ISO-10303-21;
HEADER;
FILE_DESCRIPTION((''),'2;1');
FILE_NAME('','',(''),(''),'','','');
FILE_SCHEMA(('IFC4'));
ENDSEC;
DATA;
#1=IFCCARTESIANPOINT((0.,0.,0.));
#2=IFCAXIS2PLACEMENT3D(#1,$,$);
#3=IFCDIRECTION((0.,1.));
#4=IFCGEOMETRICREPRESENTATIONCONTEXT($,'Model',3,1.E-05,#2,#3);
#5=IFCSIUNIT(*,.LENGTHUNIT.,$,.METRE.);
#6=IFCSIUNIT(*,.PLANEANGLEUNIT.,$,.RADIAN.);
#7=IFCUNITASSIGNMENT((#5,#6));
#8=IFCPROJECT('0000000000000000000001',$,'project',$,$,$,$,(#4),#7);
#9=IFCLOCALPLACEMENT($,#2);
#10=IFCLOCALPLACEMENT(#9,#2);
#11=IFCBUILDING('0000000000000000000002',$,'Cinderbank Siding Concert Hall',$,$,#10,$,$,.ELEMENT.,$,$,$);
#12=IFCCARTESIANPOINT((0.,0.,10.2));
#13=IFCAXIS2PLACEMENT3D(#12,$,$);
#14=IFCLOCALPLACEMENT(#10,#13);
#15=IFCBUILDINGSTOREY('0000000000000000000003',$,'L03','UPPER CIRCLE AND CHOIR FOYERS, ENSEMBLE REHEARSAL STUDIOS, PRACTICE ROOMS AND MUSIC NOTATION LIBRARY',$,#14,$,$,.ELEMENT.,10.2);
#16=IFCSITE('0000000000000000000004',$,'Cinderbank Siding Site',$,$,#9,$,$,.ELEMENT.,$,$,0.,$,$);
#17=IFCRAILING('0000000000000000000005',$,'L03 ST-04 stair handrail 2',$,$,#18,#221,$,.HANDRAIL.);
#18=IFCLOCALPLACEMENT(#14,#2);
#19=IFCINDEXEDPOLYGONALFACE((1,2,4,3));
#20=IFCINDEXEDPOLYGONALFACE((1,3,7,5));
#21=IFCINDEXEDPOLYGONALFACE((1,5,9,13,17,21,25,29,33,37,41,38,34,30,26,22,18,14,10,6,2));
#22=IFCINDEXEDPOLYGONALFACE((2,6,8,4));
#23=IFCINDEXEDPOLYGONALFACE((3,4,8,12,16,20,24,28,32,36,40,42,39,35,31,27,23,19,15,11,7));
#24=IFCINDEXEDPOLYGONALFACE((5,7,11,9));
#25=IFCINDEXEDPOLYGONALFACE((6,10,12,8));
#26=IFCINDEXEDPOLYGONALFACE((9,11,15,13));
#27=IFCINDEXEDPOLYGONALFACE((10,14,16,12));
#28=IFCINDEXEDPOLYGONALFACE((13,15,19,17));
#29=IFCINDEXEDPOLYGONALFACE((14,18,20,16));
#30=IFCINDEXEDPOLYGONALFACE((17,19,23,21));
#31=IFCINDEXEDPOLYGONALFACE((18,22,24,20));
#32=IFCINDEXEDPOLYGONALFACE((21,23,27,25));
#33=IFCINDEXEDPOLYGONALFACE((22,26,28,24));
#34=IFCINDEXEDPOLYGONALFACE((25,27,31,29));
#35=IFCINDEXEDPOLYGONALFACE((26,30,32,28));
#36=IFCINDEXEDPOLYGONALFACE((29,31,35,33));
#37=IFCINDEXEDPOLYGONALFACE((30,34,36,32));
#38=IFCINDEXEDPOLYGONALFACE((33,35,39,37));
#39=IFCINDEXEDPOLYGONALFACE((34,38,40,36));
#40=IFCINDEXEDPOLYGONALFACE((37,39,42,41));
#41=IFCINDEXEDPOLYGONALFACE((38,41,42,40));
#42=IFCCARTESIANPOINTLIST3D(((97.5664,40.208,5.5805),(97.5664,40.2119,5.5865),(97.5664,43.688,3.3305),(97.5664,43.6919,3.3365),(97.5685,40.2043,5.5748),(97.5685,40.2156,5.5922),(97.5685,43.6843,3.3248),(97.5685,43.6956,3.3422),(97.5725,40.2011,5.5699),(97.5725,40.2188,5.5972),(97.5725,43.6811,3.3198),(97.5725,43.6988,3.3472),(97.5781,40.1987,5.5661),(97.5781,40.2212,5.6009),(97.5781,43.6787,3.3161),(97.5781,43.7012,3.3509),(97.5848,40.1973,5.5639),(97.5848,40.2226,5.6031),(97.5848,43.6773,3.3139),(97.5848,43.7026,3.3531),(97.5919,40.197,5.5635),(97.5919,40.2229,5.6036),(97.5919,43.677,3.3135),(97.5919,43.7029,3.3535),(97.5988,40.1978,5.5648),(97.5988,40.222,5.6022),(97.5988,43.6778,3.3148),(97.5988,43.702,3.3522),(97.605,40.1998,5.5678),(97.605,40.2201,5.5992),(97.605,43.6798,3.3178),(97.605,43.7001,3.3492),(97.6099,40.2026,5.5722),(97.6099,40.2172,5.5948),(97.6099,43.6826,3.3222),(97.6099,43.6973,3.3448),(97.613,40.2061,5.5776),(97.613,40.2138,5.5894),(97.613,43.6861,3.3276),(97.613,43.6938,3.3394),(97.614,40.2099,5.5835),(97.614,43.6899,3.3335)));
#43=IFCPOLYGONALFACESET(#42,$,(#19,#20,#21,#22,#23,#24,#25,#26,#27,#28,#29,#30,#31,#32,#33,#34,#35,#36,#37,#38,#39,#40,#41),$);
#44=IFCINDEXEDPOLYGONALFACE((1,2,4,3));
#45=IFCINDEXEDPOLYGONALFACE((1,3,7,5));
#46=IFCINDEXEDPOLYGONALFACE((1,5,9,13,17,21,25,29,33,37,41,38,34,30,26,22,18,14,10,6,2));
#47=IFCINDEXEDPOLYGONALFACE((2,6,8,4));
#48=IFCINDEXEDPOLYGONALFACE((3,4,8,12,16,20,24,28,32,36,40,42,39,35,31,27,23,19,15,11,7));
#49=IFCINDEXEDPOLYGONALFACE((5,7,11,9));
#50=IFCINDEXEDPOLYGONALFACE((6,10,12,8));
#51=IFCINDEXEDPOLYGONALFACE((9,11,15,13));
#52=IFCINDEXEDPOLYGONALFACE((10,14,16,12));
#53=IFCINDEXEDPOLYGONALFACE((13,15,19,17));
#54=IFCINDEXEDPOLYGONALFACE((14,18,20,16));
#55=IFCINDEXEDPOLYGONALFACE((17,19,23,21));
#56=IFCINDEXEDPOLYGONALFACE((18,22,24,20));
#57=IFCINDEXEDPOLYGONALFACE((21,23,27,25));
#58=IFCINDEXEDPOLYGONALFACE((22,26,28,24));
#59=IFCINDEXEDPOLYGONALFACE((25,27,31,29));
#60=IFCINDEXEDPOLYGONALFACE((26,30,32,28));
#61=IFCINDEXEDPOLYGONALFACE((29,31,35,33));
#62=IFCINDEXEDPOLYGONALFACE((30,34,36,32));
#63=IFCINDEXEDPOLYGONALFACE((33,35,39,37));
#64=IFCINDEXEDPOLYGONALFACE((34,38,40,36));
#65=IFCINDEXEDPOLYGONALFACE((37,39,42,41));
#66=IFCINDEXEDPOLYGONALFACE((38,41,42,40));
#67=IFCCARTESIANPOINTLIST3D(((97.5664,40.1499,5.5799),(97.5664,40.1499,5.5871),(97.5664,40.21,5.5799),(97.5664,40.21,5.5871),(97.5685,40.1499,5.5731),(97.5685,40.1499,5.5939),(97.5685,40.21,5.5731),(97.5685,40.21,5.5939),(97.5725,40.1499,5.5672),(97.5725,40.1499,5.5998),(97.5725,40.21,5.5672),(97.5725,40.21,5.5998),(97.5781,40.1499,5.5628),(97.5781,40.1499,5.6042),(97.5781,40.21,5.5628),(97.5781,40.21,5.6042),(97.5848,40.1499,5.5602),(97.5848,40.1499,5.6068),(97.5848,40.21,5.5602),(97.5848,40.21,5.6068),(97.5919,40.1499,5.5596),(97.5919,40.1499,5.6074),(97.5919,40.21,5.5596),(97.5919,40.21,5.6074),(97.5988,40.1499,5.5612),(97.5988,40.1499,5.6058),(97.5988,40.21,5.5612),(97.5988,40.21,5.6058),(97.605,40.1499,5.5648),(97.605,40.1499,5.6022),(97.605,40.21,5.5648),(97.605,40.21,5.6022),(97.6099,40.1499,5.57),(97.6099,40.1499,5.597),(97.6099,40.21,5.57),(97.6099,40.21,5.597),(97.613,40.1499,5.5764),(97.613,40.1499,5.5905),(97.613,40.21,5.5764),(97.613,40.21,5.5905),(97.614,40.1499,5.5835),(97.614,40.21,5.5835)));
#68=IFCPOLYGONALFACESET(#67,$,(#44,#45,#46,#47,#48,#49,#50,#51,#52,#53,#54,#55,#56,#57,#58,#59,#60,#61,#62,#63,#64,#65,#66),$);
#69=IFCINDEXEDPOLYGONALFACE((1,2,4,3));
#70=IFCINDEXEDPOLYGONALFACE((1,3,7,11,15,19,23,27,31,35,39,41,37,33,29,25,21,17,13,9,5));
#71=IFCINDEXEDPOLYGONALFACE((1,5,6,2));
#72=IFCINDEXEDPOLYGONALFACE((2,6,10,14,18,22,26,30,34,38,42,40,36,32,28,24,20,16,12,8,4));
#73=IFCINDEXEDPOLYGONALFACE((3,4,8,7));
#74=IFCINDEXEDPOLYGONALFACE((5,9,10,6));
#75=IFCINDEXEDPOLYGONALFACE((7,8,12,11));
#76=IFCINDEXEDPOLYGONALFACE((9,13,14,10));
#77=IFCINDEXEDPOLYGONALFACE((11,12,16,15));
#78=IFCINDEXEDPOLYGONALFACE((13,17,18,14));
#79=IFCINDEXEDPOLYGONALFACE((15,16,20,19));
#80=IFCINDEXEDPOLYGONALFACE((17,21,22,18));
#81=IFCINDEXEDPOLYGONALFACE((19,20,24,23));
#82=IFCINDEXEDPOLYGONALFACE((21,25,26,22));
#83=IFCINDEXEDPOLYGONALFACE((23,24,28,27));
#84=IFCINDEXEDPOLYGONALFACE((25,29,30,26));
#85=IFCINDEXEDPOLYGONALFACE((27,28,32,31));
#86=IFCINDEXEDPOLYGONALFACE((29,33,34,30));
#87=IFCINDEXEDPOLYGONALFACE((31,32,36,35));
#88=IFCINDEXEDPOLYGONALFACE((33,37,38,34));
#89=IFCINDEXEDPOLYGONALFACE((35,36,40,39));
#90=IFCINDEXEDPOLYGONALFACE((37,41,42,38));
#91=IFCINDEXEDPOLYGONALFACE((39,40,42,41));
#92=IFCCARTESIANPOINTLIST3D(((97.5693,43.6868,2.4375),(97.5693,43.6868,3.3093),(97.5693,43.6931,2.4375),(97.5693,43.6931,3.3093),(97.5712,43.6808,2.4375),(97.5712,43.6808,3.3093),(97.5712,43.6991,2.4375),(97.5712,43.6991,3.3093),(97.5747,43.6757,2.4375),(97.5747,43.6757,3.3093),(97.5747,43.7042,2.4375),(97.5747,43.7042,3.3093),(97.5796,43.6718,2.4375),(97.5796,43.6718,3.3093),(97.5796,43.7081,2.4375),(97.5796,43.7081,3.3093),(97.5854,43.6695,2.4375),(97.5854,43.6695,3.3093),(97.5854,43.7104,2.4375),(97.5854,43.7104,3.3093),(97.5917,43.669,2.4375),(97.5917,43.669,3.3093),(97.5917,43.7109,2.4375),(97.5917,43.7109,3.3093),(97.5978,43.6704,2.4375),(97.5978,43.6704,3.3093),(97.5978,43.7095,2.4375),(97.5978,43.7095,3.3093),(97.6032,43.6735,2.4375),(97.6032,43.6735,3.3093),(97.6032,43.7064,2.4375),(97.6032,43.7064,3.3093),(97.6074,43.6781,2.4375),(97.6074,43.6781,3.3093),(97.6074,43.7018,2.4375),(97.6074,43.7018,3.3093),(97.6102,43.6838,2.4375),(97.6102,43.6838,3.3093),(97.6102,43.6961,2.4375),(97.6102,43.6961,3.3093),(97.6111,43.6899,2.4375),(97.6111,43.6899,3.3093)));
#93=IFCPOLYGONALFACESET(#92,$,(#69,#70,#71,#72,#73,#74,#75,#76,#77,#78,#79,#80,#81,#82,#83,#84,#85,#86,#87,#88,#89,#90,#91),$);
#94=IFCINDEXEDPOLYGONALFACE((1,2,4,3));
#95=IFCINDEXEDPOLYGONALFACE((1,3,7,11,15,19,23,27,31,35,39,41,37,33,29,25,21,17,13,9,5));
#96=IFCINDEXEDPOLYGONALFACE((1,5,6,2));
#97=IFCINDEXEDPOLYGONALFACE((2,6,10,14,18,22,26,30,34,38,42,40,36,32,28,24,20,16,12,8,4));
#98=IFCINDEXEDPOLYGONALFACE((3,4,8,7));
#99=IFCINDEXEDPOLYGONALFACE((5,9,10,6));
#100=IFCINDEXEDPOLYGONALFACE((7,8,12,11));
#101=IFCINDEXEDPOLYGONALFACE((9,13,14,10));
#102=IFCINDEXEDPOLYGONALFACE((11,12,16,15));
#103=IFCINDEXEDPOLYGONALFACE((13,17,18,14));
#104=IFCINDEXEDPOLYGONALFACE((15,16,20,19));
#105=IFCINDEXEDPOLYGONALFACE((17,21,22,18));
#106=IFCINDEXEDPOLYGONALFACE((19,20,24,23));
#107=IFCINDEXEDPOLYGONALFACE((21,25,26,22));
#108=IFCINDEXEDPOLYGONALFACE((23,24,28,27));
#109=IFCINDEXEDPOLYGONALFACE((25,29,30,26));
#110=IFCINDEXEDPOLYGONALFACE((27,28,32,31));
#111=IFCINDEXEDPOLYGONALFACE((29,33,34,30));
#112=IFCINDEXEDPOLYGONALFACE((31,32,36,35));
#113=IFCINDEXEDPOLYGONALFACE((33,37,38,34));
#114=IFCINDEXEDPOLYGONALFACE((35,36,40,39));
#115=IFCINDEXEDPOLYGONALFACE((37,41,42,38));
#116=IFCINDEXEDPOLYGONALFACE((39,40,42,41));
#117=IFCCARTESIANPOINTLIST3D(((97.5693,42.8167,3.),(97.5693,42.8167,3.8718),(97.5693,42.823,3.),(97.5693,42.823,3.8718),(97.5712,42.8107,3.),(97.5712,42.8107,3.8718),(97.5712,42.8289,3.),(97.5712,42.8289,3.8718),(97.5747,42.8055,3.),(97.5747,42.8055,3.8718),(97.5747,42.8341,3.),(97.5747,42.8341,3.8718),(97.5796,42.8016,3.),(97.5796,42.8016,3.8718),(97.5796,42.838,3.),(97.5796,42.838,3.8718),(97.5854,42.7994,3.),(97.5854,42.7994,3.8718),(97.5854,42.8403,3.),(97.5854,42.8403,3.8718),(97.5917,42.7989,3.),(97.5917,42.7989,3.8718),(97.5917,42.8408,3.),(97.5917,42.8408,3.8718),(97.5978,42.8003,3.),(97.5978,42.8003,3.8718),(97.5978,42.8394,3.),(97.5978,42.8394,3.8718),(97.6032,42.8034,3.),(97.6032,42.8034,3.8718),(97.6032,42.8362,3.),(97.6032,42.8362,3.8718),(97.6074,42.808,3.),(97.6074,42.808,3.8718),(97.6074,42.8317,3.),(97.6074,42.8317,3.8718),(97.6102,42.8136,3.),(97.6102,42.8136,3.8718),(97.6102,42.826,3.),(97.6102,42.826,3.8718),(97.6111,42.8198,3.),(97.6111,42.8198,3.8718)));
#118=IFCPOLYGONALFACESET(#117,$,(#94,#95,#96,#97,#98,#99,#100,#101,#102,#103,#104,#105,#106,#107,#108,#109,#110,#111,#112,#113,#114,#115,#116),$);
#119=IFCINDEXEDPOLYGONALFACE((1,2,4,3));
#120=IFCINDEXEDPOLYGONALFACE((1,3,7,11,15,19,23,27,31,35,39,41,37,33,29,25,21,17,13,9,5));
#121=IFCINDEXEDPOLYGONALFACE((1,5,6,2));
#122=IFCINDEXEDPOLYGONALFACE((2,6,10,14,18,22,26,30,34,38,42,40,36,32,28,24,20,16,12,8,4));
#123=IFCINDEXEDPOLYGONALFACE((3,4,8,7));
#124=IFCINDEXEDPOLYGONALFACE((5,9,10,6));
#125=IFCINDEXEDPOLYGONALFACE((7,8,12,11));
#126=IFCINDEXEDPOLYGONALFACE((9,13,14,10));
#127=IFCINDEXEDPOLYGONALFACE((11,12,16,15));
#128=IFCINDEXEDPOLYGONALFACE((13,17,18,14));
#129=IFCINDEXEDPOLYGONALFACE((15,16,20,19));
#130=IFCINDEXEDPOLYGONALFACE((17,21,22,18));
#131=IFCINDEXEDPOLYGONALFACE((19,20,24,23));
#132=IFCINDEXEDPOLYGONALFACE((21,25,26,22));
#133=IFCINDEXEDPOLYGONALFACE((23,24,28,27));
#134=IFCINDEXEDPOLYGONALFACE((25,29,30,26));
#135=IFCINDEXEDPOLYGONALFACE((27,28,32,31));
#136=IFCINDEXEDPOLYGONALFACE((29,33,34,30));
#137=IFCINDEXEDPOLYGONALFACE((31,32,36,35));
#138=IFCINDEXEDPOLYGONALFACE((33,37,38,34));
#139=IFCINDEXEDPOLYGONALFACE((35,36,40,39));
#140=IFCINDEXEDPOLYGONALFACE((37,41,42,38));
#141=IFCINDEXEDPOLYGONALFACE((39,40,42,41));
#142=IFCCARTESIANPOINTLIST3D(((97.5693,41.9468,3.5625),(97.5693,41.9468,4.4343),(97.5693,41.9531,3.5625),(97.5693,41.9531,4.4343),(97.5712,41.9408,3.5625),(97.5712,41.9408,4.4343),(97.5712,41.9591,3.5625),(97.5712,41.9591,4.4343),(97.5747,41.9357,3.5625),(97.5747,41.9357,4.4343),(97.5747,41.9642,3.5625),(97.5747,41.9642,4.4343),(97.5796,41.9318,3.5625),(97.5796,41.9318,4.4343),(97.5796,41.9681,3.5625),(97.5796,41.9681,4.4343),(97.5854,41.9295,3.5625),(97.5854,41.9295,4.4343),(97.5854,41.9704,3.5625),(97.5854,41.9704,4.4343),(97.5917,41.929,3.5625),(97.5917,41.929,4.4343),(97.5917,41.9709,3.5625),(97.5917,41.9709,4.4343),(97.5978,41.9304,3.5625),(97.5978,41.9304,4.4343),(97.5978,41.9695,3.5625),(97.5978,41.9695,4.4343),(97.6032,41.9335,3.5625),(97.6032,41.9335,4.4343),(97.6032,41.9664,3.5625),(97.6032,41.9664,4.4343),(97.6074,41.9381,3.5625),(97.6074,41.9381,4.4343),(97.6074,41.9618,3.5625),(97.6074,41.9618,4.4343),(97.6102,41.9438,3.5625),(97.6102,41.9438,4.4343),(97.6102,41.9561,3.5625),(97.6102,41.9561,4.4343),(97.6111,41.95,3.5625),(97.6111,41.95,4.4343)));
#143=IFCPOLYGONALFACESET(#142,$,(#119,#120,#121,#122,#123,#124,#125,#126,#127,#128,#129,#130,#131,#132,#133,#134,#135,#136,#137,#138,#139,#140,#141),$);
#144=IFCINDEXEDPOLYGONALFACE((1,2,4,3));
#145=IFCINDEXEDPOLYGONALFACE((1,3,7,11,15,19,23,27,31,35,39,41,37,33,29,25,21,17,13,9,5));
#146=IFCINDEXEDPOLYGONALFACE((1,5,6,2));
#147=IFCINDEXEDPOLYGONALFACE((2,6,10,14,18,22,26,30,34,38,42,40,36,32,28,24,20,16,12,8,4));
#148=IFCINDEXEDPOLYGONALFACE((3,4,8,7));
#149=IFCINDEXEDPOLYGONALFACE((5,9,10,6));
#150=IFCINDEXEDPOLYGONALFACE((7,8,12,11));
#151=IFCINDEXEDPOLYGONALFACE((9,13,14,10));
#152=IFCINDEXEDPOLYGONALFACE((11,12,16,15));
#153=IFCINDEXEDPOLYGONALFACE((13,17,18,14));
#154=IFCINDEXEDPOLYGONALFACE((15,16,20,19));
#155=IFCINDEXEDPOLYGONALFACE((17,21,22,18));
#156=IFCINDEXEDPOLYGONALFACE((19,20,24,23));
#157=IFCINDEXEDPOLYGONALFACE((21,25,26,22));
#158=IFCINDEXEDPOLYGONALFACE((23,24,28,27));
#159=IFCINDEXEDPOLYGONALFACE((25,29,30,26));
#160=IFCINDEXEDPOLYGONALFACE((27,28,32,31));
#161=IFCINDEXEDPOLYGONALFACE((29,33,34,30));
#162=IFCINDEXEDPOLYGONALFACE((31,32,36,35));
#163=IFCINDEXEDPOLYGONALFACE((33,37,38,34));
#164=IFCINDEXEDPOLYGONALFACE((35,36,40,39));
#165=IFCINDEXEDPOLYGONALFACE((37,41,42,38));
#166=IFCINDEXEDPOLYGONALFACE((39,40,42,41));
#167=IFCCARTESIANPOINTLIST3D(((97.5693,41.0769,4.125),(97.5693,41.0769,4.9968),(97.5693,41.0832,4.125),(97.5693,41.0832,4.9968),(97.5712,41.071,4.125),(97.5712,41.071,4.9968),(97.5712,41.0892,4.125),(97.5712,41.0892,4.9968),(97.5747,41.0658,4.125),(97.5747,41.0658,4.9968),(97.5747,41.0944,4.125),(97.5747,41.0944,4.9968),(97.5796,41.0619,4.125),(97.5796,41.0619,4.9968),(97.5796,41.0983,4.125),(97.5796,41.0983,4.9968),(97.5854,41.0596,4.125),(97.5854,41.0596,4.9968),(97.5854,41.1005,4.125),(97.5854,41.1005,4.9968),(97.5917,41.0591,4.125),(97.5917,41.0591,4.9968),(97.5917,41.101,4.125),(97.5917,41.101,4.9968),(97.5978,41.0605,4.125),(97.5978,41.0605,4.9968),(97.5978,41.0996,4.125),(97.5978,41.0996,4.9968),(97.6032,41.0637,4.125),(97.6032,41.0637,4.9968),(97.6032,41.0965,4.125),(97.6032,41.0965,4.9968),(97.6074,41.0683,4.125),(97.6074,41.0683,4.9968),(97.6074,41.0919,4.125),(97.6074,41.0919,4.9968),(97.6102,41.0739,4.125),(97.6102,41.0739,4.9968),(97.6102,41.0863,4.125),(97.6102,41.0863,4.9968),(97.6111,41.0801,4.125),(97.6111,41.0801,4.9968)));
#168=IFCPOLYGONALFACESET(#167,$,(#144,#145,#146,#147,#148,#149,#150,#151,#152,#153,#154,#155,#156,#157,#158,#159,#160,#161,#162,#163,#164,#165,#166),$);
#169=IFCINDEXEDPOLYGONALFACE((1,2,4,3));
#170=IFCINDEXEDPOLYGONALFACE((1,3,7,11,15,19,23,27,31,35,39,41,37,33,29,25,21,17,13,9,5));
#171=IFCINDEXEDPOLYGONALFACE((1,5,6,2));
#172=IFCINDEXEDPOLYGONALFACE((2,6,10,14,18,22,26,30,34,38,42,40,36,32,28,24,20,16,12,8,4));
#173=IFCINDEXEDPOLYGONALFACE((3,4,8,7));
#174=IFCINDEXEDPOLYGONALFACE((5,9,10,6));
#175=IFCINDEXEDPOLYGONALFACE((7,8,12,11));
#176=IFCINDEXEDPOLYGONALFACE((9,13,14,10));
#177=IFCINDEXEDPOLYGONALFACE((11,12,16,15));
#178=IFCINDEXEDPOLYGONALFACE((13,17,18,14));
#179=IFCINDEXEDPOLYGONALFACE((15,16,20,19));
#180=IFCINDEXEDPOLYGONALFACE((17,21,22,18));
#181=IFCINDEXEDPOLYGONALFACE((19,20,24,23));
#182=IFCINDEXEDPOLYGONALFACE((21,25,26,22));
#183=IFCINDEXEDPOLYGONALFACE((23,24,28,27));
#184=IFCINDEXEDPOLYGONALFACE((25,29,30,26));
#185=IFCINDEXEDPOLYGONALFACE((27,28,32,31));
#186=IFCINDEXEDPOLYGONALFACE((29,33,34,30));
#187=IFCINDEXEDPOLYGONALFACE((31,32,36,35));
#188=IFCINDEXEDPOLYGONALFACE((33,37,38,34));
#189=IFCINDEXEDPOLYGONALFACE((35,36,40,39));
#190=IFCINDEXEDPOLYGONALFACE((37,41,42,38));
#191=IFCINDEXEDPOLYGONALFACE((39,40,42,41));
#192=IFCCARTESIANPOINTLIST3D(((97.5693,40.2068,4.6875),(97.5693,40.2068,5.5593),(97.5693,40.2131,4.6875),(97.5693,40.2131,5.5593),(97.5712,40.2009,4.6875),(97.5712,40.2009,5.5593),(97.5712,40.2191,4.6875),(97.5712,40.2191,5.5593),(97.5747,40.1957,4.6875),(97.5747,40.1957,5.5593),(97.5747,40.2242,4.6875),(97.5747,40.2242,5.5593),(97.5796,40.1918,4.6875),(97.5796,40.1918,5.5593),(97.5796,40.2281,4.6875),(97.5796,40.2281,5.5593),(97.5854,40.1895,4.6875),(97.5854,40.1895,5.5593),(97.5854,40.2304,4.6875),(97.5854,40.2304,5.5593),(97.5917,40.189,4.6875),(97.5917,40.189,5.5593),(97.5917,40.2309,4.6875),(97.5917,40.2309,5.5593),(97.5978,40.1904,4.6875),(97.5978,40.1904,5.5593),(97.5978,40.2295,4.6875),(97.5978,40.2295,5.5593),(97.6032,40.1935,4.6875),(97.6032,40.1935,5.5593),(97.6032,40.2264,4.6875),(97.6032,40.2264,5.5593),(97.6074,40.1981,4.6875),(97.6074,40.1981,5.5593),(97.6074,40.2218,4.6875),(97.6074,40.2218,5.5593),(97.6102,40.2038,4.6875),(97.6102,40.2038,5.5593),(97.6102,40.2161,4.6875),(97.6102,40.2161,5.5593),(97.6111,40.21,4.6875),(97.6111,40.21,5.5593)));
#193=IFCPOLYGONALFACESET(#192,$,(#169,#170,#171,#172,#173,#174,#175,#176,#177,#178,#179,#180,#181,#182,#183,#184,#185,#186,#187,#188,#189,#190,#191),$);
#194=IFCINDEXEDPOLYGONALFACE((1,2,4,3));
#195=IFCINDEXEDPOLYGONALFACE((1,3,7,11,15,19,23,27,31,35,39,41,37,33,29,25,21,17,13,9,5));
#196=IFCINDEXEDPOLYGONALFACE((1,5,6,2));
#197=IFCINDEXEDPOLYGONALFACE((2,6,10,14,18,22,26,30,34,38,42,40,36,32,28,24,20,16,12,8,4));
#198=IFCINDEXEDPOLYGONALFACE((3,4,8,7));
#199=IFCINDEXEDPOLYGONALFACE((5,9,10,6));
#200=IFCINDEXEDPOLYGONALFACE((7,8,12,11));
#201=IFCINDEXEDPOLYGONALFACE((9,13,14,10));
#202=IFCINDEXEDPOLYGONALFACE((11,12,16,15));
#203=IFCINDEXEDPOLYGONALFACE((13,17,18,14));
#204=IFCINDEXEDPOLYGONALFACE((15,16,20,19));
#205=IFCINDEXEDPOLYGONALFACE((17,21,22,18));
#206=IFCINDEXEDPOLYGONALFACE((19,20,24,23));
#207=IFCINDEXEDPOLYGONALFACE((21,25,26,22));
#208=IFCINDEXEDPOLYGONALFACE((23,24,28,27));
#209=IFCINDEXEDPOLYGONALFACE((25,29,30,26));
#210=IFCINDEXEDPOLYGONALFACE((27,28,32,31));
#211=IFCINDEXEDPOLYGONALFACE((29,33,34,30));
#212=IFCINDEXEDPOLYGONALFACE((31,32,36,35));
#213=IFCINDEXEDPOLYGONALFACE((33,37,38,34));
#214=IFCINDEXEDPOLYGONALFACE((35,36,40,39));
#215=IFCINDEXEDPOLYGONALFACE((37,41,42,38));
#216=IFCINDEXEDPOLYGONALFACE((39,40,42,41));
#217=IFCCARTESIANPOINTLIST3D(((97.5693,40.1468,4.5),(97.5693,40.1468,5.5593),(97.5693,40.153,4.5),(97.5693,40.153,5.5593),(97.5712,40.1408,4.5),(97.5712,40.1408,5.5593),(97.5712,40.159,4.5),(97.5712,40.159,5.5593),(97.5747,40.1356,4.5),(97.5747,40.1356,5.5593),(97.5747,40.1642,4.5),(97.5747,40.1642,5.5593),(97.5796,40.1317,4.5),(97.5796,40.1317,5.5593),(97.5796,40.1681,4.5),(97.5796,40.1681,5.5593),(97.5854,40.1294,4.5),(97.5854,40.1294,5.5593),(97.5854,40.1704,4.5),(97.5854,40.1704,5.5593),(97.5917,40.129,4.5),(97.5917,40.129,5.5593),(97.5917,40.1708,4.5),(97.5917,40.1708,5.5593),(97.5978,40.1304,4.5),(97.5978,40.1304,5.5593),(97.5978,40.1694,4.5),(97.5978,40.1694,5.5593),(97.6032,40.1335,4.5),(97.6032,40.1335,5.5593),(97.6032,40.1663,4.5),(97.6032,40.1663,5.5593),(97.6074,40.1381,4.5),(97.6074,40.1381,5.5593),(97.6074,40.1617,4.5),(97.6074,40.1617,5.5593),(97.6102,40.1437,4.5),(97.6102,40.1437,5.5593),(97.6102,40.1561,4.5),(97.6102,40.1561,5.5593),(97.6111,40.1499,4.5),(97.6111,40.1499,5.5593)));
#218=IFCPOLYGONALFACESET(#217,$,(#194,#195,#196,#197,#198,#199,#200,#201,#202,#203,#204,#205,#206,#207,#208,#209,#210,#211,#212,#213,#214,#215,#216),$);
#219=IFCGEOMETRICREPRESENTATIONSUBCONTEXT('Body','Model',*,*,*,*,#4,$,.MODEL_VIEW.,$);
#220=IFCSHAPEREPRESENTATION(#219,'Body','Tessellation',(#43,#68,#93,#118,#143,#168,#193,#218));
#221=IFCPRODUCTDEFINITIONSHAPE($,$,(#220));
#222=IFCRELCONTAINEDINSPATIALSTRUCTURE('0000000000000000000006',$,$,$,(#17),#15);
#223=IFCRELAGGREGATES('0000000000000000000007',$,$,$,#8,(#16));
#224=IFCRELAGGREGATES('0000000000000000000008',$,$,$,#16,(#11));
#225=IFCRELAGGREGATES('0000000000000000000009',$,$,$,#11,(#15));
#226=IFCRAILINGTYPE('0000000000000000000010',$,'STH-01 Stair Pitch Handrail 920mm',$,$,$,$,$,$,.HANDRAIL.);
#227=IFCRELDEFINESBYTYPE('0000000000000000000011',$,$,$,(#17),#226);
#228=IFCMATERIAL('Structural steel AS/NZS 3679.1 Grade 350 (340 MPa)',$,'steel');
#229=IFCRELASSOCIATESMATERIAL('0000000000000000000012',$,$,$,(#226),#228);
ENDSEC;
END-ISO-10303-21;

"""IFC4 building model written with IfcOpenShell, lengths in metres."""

from ifc_helpers import new_model, si_unit, direction, frame, origin, origin_2d, place, context, subcontext, project, spatial, circle, extrude, material, type_object, element, save


model = new_model("IFC4")

# Units and contexts
model_context = context("Model", 3, precision=1e-05, world=origin(), true_north=direction((0.0, 1.0)))
body_context = subcontext(model_context, "Body", "Model", "MODEL_VIEW")
ifc_project = project(units=[si_unit("LENGTHUNIT", "METRE"), si_unit("PLANEANGLEUNIT", "RADIAN")], contexts=[model_context])

# Site, building, storey
site_placement = place(None, origin())
site = spatial("IfcSite", under=ifc_project, at=site_placement, Name="Cinderbank Siding Site", CompositionType="ELEMENT", RefElevation=0.0)
building_placement = place(site_placement, origin())
building = spatial("IfcBuilding", under=site, at=building_placement, Name="Cinderbank Siding Concert Hall", CompositionType="ELEMENT")
storey_placement = place(building_placement, frame((0.0, 0.0, 10.2)))
storey = spatial("IfcBuildingStorey", under=building, at=storey_placement, Name="L03", Description="UPPER CIRCLE AND CHOIR FOYERS, ENSEMBLE REHEARSAL STUDIOS, PRACTICE ROOMS AND MUSIC NOTATION LIBRARY", CompositionType="ELEMENT", Elevation=10.2)

# Shared definitions
ifc_material_1 = material(Name="Structural steel AS/NZS 3679.1 Grade 350 (340 MPa)", Category="steel")

# Railing
railing_type_1 = type_object("IfcRailingType", Name="STH-01 Stair Pitch Handrail 920mm", PredefinedType="HANDRAIL", material=ifc_material_1)
railing_1_placement = place(storey_placement, frame((97.5901, 43.6899, 2.4375)))
element("IfcRailing", 1, at=railing_1_placement, inside=storey, type_object=railing_type_1, Name="L03 ST-04 stair handrail 2", PredefinedType="HANDRAIL", context=body_context, shape_type="SweptSolid", body=[
    extrude(circle(Radius=0.0239, at=origin_2d()), frame((0.0, 0.0, 0.896), z_axis=(0.0, -0.839763, 0.542953), x_axis=(1.0, 0.0, 0.0)), (0.0, 0.0, 1.0), 4.144),
    extrude(circle(Radius=0.0239, at=origin_2d()), frame((0.0, -3.48, 3.146), z_axis=(0.0, -1.0, 0.0), x_axis=(1.0, 0.0, 0.0)), (0.0, 0.0, 1.0), 0.0601),
    extrude(circle(Radius=0.021, at=origin_2d()), origin(), (0.0, 0.0, 1.0), 0.8718),
    extrude(circle(Radius=0.021, at=origin_2d()), frame((0.0, -0.8701, 0.5625)), (0.0, 0.0, 1.0), 0.8718),
    extrude(circle(Radius=0.021, at=origin_2d()), frame((0.0, -1.74, 1.125)), (0.0, 0.0, 1.0), 0.8718),
    extrude(circle(Radius=0.021, at=origin_2d()), frame((0.0, -2.6099, 1.6875)), (0.0, 0.0, 1.0), 0.8718),
    extrude(circle(Radius=0.021, at=origin_2d()), frame((0.0, -3.48, 2.25)), (0.0, 0.0, 1.0), 0.8718),
    extrude(circle(Radius=0.021, at=origin_2d()), frame((0.0, -3.54, 2.0625)), (0.0, 0.0, 1.0), 1.0593),
])

save(model, "model.ifc")
